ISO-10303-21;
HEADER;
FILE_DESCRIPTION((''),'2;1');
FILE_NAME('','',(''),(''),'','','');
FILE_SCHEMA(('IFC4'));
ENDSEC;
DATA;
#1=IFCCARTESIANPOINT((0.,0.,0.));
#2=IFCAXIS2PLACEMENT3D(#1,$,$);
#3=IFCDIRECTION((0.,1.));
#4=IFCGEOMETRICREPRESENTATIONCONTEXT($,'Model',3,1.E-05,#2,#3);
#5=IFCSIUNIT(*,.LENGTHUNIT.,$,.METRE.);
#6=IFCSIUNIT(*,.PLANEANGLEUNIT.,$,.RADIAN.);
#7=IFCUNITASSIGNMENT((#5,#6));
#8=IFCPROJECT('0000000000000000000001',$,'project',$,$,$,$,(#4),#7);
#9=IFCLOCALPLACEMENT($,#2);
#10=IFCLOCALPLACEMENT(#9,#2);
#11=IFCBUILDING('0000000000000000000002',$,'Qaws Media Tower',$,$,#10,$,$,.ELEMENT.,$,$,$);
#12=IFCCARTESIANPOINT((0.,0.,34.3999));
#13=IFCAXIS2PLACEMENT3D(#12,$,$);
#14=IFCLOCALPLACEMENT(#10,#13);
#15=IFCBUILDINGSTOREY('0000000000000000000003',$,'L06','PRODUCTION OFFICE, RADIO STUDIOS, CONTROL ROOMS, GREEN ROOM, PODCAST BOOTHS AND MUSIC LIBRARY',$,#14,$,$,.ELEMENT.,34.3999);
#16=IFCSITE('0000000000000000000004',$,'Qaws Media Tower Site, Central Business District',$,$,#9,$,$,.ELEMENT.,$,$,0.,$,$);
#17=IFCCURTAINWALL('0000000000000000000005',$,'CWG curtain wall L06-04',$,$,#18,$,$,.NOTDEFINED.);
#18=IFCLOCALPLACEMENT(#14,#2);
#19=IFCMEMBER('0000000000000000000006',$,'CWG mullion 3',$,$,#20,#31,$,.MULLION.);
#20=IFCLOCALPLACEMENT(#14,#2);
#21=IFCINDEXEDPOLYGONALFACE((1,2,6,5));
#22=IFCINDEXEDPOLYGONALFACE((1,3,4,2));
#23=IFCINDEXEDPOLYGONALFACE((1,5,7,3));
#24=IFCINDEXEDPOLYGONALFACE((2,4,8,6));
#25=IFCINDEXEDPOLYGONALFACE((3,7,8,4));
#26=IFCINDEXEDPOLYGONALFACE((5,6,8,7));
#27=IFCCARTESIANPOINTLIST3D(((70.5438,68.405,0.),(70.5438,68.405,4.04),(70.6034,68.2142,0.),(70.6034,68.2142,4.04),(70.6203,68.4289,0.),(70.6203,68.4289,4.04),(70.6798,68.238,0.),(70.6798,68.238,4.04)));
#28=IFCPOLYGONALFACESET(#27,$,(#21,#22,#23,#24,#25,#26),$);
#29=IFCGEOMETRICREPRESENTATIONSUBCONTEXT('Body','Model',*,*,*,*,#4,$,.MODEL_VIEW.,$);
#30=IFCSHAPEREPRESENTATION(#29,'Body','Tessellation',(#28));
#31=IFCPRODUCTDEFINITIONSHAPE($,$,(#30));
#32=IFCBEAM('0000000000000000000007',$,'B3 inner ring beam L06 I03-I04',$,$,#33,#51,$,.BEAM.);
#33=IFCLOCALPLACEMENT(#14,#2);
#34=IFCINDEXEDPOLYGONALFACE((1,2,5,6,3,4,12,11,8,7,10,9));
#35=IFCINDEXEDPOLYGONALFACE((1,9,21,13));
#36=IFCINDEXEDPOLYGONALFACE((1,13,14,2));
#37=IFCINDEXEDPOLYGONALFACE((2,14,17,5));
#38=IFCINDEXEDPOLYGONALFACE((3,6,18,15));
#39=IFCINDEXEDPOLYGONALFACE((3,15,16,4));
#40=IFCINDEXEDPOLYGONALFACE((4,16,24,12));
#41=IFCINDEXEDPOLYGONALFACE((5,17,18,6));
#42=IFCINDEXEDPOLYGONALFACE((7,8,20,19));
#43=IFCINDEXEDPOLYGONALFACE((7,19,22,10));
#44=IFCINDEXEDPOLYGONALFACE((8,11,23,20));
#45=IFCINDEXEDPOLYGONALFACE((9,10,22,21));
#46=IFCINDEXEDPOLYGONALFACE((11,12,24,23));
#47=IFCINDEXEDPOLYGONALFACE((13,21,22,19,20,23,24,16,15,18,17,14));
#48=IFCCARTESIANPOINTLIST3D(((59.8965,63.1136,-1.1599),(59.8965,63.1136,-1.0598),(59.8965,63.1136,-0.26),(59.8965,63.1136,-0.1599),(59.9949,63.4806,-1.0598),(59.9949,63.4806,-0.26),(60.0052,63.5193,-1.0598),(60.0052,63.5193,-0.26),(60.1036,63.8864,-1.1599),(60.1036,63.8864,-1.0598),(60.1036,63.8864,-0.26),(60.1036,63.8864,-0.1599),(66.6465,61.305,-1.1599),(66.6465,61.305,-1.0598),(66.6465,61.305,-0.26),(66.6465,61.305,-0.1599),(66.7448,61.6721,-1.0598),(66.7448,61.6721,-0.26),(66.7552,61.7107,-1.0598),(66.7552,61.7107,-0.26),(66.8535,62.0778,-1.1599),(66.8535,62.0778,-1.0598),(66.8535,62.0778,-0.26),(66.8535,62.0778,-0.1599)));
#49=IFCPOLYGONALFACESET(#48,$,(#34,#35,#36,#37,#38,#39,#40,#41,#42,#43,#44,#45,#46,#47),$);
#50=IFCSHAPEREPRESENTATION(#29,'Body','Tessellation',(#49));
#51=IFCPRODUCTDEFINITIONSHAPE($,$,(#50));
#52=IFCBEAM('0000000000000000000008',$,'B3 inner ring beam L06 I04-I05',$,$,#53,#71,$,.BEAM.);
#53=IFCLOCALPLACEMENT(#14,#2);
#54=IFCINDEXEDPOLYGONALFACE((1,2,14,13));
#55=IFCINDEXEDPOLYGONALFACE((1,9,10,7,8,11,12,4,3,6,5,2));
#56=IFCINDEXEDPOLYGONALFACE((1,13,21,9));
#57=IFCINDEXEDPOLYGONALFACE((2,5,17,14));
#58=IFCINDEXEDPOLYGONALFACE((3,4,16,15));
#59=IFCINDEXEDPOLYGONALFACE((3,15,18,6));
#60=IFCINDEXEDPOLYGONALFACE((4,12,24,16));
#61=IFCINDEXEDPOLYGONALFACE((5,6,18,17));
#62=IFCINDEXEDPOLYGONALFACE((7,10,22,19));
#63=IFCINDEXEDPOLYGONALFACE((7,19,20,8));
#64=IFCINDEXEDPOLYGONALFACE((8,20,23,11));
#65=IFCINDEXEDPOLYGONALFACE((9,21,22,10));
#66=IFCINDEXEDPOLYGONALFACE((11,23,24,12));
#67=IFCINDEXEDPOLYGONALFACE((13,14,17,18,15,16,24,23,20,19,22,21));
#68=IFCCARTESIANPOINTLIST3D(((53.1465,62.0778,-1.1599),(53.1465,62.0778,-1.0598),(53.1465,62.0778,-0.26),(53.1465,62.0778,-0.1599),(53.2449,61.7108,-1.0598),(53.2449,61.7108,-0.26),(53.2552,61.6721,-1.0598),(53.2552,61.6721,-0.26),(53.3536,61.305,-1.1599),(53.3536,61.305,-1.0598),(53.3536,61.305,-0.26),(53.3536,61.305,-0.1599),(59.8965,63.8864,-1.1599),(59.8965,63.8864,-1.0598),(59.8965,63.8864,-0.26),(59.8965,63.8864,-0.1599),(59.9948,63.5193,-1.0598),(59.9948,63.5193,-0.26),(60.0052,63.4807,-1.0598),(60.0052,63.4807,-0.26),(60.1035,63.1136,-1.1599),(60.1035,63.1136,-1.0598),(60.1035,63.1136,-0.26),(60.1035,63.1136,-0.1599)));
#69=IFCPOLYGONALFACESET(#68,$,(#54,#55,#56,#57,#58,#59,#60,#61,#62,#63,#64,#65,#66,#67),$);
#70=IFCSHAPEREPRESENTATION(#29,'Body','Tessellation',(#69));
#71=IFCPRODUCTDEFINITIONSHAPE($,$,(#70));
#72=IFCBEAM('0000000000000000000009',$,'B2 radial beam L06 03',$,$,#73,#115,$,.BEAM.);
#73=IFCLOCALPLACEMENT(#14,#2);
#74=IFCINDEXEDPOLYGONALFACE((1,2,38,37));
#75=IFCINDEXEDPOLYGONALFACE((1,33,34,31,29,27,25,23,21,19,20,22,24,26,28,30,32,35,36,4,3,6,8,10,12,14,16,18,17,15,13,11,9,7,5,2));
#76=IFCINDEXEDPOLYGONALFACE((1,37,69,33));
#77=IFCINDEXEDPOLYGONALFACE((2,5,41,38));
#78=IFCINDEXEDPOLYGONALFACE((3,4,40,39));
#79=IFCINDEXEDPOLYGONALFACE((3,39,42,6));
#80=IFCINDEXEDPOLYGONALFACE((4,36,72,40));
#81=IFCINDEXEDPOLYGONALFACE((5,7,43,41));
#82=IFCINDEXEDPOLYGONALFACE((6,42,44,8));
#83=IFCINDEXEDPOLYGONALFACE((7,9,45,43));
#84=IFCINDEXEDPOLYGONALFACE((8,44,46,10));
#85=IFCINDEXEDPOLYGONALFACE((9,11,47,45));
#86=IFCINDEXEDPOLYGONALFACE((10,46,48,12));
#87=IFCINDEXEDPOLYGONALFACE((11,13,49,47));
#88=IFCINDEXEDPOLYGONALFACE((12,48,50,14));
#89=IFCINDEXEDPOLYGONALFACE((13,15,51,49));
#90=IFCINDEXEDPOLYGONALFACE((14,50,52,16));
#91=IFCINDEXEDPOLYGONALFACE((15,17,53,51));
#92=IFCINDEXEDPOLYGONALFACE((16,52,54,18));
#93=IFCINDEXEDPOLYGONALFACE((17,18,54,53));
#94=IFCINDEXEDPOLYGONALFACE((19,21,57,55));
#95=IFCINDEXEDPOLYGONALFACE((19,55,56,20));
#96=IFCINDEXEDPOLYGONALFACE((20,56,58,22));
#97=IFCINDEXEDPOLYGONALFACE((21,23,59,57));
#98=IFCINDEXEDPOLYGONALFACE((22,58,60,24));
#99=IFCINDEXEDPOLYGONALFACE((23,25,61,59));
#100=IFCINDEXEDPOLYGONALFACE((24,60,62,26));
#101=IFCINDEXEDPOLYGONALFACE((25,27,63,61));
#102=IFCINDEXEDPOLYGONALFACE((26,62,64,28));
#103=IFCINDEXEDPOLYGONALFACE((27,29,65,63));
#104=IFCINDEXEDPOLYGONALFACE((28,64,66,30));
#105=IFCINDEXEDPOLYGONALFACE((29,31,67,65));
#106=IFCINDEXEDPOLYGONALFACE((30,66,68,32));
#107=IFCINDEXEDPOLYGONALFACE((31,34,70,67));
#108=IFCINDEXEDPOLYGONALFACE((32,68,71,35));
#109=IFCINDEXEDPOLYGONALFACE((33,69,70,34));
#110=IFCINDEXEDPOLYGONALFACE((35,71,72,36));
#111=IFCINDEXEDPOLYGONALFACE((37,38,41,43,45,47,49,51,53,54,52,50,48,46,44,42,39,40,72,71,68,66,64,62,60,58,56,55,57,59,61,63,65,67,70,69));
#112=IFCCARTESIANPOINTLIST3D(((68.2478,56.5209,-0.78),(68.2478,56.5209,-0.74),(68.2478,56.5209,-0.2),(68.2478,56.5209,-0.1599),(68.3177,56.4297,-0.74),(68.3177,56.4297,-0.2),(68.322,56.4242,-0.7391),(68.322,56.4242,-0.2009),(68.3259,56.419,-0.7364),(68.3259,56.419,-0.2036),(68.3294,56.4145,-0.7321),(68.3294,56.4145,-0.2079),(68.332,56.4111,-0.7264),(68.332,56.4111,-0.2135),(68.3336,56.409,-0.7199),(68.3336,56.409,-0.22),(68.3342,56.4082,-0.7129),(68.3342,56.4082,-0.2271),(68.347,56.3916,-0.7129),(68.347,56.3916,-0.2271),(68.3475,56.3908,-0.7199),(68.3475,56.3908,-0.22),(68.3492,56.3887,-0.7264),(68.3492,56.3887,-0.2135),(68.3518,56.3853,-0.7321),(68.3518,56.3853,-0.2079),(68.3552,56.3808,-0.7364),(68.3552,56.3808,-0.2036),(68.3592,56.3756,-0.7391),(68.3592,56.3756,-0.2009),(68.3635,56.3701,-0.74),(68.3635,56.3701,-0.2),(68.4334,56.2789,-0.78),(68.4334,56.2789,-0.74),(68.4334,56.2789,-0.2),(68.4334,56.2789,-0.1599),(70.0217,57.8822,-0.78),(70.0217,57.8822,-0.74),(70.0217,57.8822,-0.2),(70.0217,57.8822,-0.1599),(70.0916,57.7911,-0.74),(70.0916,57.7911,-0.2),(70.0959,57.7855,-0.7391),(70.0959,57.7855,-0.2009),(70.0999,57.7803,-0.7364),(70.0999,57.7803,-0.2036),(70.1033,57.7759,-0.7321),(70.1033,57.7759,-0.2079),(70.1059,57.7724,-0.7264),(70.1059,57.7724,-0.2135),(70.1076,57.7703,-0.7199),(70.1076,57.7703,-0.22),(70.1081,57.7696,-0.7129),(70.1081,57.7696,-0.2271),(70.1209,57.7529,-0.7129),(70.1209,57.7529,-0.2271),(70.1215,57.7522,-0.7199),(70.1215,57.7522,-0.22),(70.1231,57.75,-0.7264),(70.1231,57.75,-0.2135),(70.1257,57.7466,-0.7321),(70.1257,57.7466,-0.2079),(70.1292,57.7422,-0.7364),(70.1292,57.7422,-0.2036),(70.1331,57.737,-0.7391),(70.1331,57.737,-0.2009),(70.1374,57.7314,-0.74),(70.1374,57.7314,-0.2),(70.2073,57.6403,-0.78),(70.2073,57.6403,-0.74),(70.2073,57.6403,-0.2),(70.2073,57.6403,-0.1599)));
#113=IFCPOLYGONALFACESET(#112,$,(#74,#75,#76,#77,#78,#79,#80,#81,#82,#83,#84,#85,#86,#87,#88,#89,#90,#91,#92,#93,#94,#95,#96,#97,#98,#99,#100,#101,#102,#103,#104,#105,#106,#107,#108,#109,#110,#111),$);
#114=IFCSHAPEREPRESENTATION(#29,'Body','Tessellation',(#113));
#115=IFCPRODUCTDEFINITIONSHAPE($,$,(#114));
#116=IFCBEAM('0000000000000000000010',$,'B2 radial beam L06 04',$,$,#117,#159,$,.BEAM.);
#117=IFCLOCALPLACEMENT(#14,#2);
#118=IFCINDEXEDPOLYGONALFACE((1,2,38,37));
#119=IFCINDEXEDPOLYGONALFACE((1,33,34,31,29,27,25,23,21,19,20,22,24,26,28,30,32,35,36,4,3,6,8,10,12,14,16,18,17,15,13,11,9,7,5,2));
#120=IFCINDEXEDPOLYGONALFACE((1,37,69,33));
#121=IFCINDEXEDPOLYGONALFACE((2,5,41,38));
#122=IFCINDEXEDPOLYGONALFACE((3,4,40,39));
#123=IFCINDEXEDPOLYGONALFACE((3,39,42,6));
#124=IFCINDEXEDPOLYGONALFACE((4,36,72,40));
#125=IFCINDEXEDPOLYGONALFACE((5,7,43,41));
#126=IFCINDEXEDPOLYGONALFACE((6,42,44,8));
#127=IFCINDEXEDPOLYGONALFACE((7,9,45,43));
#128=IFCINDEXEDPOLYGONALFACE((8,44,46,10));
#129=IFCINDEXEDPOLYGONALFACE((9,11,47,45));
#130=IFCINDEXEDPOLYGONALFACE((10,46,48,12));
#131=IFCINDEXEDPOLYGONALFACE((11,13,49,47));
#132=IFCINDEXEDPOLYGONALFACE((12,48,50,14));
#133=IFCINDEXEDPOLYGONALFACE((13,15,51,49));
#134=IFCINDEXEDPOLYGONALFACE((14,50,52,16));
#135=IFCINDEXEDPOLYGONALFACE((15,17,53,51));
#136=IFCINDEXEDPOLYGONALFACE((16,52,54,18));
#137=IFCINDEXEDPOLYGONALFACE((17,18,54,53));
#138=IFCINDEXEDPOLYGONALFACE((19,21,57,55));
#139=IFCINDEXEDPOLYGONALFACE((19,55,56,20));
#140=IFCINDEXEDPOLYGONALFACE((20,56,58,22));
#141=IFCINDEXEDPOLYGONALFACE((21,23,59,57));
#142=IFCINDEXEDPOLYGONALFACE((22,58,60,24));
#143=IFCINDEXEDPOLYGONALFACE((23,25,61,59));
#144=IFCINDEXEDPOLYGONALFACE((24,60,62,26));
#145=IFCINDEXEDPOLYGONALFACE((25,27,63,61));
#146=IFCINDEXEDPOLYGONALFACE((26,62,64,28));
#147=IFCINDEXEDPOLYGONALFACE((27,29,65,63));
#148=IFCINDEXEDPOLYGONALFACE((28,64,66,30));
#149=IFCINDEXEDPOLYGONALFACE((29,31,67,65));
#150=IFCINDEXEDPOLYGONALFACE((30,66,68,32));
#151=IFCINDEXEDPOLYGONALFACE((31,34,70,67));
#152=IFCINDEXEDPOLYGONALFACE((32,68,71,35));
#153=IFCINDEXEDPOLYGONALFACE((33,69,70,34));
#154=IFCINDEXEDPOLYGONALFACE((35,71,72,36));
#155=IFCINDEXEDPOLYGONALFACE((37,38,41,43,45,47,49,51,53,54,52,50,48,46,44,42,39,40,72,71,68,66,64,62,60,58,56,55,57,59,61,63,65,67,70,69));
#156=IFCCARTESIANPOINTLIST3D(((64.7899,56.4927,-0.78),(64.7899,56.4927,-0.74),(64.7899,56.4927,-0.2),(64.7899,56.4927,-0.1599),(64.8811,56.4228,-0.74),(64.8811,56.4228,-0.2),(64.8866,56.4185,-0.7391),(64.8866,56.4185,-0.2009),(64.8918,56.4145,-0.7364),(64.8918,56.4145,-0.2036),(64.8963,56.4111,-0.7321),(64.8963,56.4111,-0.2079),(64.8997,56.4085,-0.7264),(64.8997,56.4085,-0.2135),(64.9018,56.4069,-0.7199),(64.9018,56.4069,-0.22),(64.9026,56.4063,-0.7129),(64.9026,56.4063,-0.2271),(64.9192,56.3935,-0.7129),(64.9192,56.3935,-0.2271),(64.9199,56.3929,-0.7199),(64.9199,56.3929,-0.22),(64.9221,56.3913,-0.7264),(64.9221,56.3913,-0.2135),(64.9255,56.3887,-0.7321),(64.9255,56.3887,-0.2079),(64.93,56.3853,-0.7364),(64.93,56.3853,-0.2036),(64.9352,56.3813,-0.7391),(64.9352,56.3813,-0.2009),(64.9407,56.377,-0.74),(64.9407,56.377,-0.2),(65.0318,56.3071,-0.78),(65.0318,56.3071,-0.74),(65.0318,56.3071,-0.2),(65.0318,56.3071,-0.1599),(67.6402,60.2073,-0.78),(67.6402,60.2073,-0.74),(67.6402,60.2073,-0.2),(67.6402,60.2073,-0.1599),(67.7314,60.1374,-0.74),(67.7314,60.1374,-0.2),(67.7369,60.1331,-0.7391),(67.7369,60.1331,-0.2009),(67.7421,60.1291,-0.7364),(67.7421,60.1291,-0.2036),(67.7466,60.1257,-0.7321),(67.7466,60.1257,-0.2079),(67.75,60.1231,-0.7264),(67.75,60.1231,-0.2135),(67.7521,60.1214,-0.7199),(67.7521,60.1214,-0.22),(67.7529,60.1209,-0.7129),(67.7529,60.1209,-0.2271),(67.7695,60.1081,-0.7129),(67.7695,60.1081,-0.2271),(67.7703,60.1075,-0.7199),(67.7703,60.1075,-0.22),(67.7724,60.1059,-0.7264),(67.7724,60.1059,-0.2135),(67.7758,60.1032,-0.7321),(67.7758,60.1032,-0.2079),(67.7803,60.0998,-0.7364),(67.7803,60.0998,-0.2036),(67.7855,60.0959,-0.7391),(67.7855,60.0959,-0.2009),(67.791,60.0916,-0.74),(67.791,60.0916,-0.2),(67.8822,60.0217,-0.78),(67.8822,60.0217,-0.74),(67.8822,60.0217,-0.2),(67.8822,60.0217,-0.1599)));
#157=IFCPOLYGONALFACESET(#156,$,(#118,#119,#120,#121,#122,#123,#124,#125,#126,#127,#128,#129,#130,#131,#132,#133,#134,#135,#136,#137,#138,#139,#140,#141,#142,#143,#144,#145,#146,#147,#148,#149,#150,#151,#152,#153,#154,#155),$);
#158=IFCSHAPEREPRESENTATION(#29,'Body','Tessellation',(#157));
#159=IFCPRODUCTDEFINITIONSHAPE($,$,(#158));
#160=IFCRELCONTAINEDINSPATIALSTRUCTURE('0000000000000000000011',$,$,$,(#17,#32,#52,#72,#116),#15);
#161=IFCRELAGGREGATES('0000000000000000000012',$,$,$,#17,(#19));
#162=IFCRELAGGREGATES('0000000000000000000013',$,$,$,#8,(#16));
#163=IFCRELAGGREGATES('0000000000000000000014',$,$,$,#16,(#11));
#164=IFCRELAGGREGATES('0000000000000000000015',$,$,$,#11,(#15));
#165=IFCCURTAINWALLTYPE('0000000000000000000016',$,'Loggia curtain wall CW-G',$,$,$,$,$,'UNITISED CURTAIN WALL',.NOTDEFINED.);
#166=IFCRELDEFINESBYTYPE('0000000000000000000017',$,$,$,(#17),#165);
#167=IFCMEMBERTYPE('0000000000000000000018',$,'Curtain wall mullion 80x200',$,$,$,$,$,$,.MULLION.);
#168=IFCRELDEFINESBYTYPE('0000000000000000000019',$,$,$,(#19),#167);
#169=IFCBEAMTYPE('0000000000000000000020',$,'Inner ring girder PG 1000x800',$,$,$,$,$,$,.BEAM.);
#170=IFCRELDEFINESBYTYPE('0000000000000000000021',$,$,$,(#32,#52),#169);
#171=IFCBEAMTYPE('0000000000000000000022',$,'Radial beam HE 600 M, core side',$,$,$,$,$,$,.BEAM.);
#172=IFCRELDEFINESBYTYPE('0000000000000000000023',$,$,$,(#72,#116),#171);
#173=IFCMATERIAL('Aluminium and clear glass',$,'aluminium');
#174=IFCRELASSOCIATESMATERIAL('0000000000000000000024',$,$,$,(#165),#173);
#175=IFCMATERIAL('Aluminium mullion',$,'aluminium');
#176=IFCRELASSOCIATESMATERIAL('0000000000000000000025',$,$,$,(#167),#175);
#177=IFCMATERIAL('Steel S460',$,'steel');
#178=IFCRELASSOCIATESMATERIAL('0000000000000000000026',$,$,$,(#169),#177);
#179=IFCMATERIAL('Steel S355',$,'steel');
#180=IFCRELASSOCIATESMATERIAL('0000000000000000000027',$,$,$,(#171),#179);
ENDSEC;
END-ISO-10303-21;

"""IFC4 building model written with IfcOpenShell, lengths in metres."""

from ifc_helpers import new_model, si_unit, direction, frame, origin, origin_2d, place, context, subcontext, project, spatial, rectangle, i_section, extrude, material, material_profile, profile_set, type_object, element, aggregate, save


model = new_model("IFC4")

# Units and contexts
model_context = context("Model", 3, precision=1e-05, world=origin(), true_north=direction((0.0, 1.0)))
body_context = subcontext(model_context, "Body", "Model", "MODEL_VIEW")
ifc_project = project(units=[si_unit("LENGTHUNIT", "METRE"), si_unit("PLANEANGLEUNIT", "RADIAN")], contexts=[model_context])

# Site, building, storey
site_placement = place(None, origin())
site = spatial("IfcSite", under=ifc_project, at=site_placement, Name="Qaws Media Tower Site, Central Business District", CompositionType="ELEMENT", RefElevation=0.0)
building_placement = place(site_placement, origin())
building = spatial("IfcBuilding", under=site, at=building_placement, Name="Qaws Media Tower", CompositionType="ELEMENT")
storey_placement = place(building_placement, frame((0.0, 0.0, 34.3999)))
storey = spatial("IfcBuildingStorey", under=building, at=storey_placement, Name="L06", Description="PRODUCTION OFFICE, RADIO STUDIOS, CONTROL ROOMS, GREEN ROOM, PODCAST BOOTHS AND MUSIC LIBRARY", CompositionType="ELEMENT", Elevation=34.3999)

# Curtain wall, member
ifc_material_1 = material(Name="Aluminium and clear glass", Category="aluminium")
curtain_wall_type = type_object("IfcCurtainWallType", Name="Loggia curtain wall CW-G", ElementType="UNITISED CURTAIN WALL", PredefinedType="NOTDEFINED", material=ifc_material_1)
curtain_wall_placement = place(storey_placement, origin())
curtain_wall = element("IfcCurtainWall", 1, at=curtain_wall_placement, inside=storey, type_object=curtain_wall_type, Name="CWG curtain wall L06-04", PredefinedType="NOTDEFINED")
ifc_material_2 = material(Name="Aluminium mullion", Category="aluminium")
ifc_material_profile_1 = material_profile(ifc_material_2, rectangle(XDim=0.0801, YDim=0.2, at=origin_2d()), Name="80x200")
ifc_profile_set_1 = profile_set([ifc_material_profile_1], Name="Aluminium mullion")
member_type = type_object("IfcMemberType", Name="Curtain wall mullion 80x200", PredefinedType="MULLION", material=ifc_profile_set_1)
member_placement = place(storey_placement, frame((70.6118, 68.3215, 0.0), z_axis=(0.0, 0.0, 1.0), x_axis=(-0.954629, -0.297797, 0.0)))
member = element("IfcMember", 2, at=member_placement, type_object=member_type, Name="CWG mullion 3", PredefinedType="MULLION", context=body_context, shape_type="SweptSolid", body=[
    extrude(rectangle(XDim=0.0801, YDim=0.2, at=origin_2d()), origin(), (0.0, 0.0, 1.0), 4.04),
])

# Beams
ifc_material_3 = material(Name="Steel S460", Category="steel")
ifc_material_profile_2 = material_profile(ifc_material_3, i_section(OverallWidth=0.8, OverallDepth=1.0, WebThickness=0.04, FlangeThickness=0.1001, at=origin_2d()), Name="PG 1000x800")
ifc_profile_set_2 = profile_set([ifc_material_profile_2], Name="Steel S460")
beam_type_1 = type_object("IfcBeamType", Name="Inner ring girder PG 1000x800", PredefinedType="BEAM", material=ifc_profile_set_2)
for number, where, z_axis, x_axis, name in (
    (3, (66.75, 61.6914, -0.6599), (-0.965928, 0.258811, 0.0), (-0.258811, -0.965928, 0.0), "B3 inner ring beam L06 I03-I04"),
    (4, (60.0, 63.5, -0.6599), (-0.965928, -0.258811, 0.0), (0.258811, -0.965928, 0.0), "B3 inner ring beam L06 I04-I05"),
):
    element("IfcBeam", number, at=place(storey_placement, frame(where, z_axis=z_axis, x_axis=x_axis)), inside=storey, type_object=beam_type_1, Name=name, PredefinedType="BEAM", context=body_context, shape_type="SweptSolid", body=[
        extrude(i_section(OverallWidth=0.8, OverallDepth=1.0, WebThickness=0.04, FlangeThickness=0.1001, at=origin_2d()), origin(), (0.0, 0.0, 1.0), 6.988),
    ])
ifc_material_4 = material(Name="Steel S355", Category="steel")
ifc_material_profile_3 = material_profile(ifc_material_4, i_section(OverallWidth=0.3049, OverallDepth=0.6201, WebThickness=0.021, FlangeThickness=0.04, FilletRadius=0.0271, at=origin_2d()), Name="HE 600 M")
ifc_profile_set_3 = profile_set([ifc_material_profile_3], Name="Steel S355")
beam_type_2 = type_object("IfcBeamType", Name="Radial beam HE 600 M, core side", PredefinedType="BEAM", material=ifc_profile_set_3)
beam_1_placement = place(storey_placement, frame((68.3406, 56.3999, -0.47), z_axis=(0.793322, 0.608803, 0.0), x_axis=(-0.608803, 0.793322, 0.0)))
element("IfcBeam", 5, at=beam_1_placement, inside=storey, type_object=beam_type_2, Name="B2 radial beam L06 03", PredefinedType="BEAM", context=body_context, shape_type="SweptSolid", body=[
    extrude(i_section(OverallWidth=0.3049, OverallDepth=0.6201, WebThickness=0.021, FlangeThickness=0.04, FilletRadius=0.0271, at=origin_2d()), origin(), (0.0, 0.0, 1.0), 2.2361),
])
beam_2_placement = place(storey_placement, frame((64.9109, 56.3999, -0.47), z_axis=(0.608765, 0.79335, 0.0), x_axis=(-0.79335, 0.608765, 0.0)))
element("IfcBeam", 6, at=beam_2_placement, inside=storey, type_object=beam_type_2, Name="B2 radial beam L06 04", PredefinedType="BEAM", context=body_context, shape_type="SweptSolid", body=[
    extrude(i_section(OverallWidth=0.3049, OverallDepth=0.6201, WebThickness=0.021, FlangeThickness=0.04, FilletRadius=0.0271, at=origin_2d()), origin(), (0.0, 0.0, 1.0), 4.6821),
])

aggregate(curtain_wall, [member])

save(model, "model.ifc")
